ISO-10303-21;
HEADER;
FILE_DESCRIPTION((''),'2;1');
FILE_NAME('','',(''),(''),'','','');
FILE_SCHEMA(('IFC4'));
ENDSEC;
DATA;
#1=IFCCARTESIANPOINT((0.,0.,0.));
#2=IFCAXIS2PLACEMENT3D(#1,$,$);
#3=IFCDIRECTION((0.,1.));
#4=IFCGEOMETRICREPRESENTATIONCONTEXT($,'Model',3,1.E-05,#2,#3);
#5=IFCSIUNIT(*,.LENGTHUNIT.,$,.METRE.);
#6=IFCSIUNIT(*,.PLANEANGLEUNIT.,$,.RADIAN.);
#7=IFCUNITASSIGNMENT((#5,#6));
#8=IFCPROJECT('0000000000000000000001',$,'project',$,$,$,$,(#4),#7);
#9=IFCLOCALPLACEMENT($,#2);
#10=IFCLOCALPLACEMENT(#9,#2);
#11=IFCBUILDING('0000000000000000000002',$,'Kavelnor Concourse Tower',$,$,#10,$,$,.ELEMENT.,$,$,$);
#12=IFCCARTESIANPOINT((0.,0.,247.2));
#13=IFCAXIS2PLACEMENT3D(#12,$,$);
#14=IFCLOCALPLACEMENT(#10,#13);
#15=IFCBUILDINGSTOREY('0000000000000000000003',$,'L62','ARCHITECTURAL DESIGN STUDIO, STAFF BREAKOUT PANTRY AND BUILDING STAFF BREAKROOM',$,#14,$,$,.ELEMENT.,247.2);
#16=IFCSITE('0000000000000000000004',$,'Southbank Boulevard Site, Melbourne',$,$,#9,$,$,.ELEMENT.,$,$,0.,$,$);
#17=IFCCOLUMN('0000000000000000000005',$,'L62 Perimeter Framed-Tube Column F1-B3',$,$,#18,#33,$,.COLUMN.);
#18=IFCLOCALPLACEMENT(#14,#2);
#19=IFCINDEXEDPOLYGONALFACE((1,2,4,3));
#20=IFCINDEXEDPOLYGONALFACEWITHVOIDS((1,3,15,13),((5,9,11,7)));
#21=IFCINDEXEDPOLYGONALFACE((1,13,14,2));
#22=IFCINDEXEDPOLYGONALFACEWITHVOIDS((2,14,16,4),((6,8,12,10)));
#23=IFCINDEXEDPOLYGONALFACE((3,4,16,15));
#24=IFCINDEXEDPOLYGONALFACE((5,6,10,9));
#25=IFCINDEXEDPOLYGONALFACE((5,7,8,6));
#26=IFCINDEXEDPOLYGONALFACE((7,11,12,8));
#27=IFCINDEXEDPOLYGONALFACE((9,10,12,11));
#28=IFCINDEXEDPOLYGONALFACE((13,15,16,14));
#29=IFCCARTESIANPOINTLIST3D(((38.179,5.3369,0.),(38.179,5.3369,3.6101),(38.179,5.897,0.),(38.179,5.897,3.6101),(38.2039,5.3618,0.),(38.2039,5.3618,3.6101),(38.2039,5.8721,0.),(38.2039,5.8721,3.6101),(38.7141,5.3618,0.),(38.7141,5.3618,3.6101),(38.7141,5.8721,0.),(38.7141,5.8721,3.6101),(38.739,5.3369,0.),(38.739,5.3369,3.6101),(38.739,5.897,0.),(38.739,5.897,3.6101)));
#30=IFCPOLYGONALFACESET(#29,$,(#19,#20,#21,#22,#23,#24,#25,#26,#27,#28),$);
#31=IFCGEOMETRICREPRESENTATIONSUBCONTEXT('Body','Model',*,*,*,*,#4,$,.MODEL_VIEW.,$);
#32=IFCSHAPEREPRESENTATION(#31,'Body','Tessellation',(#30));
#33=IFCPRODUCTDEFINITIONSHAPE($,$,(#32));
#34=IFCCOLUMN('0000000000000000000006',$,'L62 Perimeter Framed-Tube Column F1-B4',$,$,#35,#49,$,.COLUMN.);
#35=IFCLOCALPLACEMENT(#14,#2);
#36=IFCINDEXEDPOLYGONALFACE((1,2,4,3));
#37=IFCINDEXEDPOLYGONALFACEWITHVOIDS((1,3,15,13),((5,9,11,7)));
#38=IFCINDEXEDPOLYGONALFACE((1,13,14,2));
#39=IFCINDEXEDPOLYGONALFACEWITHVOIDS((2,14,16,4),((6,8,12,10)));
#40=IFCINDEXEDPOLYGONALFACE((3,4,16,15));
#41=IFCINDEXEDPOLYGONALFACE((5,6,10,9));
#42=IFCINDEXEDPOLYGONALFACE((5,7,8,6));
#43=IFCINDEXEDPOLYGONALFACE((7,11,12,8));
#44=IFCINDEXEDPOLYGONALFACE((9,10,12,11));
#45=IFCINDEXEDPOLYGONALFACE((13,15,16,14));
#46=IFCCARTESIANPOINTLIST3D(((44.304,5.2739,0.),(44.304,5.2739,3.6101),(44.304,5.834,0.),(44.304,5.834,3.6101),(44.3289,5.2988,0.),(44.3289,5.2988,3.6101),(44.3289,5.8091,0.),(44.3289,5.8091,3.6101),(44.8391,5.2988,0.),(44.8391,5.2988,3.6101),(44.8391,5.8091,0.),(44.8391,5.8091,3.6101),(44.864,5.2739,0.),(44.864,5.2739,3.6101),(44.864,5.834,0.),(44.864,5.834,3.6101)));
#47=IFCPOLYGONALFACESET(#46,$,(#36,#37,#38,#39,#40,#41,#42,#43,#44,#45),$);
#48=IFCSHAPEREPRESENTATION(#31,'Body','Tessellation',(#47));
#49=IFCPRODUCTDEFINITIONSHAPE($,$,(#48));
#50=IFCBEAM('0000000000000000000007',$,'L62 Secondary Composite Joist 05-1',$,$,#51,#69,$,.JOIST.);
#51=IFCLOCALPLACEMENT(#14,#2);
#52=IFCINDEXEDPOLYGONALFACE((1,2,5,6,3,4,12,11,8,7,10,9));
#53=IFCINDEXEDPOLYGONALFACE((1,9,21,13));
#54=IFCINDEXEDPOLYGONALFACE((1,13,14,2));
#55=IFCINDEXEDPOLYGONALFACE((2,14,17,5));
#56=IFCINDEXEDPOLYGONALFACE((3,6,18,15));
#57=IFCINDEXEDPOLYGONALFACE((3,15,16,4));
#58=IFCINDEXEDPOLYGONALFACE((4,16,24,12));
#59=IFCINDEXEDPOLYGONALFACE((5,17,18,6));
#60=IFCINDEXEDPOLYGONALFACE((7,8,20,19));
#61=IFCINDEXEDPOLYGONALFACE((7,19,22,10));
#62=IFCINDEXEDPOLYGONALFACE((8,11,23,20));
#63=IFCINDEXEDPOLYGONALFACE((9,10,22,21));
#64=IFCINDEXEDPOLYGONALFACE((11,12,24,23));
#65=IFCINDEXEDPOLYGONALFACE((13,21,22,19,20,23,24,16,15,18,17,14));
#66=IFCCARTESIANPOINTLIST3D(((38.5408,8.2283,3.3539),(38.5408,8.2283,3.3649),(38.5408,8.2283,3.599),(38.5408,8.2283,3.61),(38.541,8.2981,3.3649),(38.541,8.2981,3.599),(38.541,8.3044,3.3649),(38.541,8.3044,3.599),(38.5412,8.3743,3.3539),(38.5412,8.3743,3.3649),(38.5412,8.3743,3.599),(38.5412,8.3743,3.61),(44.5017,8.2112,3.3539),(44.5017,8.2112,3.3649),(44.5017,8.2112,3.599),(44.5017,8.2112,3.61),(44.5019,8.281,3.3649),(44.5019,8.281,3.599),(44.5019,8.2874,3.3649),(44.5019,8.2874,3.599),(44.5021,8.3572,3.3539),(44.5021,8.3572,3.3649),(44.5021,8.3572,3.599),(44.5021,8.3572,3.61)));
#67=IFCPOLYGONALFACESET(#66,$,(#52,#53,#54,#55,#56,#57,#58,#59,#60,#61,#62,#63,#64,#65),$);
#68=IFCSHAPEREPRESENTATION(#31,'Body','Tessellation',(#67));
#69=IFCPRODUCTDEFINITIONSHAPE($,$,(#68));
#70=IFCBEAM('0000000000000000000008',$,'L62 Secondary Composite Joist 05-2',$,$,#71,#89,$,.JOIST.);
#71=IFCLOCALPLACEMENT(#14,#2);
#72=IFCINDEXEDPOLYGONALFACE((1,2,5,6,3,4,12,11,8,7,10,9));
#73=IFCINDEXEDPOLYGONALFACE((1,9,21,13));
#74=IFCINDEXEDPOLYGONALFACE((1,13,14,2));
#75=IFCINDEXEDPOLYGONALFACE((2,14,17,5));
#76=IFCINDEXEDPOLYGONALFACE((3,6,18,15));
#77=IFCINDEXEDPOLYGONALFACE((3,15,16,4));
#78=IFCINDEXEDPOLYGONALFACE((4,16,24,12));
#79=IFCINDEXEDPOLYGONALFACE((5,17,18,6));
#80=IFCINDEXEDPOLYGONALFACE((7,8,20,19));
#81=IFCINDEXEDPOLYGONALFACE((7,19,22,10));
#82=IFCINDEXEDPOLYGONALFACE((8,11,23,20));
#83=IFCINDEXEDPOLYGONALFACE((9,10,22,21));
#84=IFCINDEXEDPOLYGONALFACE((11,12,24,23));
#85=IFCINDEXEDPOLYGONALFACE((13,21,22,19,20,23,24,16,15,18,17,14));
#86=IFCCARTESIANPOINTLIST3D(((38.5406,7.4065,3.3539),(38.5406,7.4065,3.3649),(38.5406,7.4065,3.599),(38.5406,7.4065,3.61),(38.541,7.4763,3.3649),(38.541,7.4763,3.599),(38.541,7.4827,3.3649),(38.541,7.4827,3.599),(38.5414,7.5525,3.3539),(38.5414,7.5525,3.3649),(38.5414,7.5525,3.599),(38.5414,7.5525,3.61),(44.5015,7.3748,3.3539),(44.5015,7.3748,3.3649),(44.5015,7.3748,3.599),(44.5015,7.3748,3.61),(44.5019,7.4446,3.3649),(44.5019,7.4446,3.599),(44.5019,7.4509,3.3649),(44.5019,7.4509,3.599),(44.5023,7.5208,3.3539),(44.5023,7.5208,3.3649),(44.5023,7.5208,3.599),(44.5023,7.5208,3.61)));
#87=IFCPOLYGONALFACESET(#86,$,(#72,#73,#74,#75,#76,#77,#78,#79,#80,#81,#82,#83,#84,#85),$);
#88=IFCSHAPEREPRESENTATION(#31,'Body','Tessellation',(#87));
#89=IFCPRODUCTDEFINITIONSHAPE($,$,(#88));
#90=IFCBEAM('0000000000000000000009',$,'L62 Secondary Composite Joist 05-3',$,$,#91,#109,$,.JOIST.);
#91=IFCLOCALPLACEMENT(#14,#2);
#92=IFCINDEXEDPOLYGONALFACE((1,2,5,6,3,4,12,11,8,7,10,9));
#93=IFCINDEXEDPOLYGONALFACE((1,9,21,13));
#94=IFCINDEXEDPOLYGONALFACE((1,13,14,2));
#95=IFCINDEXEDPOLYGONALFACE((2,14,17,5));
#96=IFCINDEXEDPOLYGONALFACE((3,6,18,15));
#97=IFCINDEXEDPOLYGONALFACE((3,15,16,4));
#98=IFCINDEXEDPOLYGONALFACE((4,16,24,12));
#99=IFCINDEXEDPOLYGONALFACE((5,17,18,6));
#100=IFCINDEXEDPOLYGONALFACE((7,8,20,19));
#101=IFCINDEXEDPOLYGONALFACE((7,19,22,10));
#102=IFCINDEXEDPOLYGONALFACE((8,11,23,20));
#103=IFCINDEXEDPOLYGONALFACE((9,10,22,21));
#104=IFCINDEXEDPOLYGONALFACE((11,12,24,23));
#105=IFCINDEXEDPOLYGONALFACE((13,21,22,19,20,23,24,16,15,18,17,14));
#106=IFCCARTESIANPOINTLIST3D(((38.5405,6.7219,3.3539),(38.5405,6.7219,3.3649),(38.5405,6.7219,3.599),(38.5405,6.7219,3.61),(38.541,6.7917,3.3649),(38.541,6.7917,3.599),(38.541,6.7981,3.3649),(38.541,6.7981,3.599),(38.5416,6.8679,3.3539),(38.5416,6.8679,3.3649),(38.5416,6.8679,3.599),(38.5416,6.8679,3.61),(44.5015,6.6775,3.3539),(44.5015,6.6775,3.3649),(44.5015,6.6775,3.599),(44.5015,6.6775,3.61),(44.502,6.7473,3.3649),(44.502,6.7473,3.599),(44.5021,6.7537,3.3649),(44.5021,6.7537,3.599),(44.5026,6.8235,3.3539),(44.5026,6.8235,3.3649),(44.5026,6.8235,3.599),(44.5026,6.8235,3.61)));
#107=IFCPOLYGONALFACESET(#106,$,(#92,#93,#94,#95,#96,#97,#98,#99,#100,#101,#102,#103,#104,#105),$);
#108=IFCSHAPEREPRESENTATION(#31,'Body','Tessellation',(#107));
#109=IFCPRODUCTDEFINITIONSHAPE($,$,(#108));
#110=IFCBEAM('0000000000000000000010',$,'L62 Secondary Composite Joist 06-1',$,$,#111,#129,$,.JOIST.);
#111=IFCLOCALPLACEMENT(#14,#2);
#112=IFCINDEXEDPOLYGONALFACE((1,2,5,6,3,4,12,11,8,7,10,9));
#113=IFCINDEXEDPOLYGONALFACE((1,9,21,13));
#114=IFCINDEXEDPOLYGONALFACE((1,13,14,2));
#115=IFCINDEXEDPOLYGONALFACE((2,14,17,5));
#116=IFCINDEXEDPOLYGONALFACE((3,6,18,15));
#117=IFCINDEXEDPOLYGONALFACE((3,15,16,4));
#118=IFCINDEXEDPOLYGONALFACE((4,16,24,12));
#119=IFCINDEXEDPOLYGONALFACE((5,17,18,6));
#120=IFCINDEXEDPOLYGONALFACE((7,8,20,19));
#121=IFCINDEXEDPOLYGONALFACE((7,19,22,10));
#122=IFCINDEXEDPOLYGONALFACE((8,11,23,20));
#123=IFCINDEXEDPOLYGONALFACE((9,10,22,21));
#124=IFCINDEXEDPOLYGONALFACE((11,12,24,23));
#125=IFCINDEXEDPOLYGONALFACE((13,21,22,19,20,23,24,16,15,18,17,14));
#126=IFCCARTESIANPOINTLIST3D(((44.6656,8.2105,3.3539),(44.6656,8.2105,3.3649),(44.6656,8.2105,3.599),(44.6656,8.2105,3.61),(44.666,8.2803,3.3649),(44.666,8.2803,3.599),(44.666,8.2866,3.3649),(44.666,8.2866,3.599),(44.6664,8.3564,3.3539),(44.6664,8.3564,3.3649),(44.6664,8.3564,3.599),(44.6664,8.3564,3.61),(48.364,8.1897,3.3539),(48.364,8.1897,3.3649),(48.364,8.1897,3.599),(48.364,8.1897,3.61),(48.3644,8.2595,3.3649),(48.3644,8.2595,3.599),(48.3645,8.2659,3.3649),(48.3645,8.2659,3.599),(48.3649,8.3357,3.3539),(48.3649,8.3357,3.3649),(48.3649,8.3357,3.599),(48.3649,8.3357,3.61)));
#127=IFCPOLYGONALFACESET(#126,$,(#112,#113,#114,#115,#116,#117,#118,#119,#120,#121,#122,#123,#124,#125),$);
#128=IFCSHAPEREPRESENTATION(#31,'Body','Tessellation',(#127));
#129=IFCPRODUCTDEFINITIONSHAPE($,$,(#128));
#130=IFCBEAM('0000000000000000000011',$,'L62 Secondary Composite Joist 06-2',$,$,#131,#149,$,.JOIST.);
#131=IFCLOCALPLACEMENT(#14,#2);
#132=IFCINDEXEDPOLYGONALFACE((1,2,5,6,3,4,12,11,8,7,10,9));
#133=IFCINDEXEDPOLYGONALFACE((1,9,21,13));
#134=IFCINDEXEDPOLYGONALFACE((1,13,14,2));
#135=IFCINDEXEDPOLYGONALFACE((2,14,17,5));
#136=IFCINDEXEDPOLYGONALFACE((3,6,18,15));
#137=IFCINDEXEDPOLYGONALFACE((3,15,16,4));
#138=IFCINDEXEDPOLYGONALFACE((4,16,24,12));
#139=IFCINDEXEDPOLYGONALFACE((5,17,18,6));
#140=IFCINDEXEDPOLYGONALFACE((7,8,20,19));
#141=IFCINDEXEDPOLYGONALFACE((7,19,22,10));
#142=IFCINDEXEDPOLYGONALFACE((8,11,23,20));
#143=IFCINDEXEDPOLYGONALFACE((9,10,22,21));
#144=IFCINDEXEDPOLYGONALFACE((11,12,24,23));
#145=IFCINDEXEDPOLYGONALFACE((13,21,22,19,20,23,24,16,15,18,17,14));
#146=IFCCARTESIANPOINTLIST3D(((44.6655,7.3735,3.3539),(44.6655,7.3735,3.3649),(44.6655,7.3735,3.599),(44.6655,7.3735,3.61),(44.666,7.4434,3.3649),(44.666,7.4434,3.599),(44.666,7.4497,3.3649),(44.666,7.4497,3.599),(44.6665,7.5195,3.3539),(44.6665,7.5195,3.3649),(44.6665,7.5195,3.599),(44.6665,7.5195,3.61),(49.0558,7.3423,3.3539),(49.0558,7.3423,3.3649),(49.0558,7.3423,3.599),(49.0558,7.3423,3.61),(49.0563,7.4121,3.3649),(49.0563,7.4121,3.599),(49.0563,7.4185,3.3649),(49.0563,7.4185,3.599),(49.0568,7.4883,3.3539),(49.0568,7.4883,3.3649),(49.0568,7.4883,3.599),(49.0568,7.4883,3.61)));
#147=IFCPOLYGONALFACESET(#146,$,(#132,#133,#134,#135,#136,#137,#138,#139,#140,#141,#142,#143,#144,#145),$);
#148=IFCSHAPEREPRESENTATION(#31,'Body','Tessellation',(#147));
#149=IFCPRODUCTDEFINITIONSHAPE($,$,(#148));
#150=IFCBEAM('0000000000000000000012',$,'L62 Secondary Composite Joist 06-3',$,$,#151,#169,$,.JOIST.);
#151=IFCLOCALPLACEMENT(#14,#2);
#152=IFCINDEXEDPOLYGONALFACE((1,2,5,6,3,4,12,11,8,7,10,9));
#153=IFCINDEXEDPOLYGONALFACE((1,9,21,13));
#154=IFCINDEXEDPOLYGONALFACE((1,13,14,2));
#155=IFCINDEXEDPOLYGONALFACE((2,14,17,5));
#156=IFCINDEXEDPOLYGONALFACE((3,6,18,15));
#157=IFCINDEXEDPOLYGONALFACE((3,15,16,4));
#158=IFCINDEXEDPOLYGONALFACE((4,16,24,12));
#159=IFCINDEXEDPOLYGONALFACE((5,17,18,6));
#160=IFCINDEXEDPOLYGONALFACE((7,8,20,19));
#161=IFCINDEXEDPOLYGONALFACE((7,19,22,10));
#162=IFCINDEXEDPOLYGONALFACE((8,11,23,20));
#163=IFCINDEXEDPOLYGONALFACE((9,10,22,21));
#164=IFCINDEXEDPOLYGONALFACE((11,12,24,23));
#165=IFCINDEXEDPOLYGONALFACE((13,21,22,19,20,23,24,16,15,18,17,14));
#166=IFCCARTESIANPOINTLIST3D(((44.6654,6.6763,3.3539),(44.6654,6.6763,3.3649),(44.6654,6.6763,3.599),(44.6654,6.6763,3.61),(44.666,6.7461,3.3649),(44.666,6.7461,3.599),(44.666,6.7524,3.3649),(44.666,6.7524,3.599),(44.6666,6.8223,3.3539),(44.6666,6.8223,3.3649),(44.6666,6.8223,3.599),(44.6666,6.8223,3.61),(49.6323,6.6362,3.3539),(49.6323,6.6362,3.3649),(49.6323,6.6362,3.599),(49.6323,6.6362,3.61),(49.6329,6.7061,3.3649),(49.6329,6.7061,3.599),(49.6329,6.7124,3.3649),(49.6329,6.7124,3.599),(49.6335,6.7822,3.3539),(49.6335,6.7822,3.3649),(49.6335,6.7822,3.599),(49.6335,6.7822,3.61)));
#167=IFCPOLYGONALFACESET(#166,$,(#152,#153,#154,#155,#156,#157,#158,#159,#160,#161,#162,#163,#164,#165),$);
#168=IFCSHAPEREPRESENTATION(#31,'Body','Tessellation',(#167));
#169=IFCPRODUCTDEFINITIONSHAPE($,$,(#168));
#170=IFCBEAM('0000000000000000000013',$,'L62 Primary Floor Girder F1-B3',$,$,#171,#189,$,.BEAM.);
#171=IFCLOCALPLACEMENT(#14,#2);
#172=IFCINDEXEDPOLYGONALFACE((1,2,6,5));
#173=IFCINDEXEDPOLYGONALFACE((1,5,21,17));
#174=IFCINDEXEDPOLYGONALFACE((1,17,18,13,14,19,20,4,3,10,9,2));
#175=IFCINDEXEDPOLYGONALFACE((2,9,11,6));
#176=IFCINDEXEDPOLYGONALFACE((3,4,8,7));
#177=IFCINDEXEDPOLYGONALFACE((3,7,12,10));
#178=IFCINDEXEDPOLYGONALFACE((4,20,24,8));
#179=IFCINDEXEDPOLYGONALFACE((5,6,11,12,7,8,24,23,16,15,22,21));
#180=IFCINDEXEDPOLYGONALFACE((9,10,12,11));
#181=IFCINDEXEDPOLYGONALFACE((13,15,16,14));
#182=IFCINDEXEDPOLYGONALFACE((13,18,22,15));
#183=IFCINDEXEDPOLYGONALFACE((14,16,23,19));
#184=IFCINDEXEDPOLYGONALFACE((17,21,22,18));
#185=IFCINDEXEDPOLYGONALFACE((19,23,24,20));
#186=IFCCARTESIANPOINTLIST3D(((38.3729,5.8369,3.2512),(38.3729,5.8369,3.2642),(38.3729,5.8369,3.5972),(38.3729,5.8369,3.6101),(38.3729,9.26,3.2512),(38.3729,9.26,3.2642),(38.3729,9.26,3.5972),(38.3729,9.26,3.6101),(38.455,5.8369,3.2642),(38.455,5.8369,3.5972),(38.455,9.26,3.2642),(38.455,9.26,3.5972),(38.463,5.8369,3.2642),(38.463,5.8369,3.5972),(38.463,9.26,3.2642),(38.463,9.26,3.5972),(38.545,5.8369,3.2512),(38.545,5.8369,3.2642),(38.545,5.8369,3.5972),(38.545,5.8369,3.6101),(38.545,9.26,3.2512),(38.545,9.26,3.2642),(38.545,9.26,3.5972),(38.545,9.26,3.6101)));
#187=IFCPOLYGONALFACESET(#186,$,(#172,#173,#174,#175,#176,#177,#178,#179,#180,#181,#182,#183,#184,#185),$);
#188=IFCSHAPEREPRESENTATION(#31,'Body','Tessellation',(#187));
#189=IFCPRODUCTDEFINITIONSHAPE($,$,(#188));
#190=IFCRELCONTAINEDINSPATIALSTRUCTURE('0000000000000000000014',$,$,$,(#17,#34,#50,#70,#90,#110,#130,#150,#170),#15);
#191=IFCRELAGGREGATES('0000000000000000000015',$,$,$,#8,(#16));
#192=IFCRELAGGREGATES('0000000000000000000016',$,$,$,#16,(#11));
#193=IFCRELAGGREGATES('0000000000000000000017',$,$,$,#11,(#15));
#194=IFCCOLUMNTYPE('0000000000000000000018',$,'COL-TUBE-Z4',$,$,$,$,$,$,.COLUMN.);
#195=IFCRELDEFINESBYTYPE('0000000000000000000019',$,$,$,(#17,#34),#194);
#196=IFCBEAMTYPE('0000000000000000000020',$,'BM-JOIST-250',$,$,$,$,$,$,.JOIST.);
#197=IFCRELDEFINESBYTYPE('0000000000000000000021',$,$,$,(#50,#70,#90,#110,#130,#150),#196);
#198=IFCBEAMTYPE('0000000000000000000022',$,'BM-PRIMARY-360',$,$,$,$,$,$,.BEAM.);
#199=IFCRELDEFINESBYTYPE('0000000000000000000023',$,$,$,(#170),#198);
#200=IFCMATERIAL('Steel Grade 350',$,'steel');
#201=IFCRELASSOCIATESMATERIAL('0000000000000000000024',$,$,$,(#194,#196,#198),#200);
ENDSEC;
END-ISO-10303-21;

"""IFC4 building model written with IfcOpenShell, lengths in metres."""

from ifc_helpers import new_model, si_unit, direction, frame, origin, origin_2d, place, context, subcontext, project, spatial, hollow_rectangle, i_section, extrude, material, material_profile, profile_set, type_object, element, save


model = new_model("IFC4")

# Units and contexts
model_context = context("Model", 3, precision=1e-05, world=origin(), true_north=direction((0.0, 1.0)))
body_context = subcontext(model_context, "Body", "Model", "MODEL_VIEW")
ifc_project = project(units=[si_unit("LENGTHUNIT", "METRE"), si_unit("PLANEANGLEUNIT", "RADIAN")], contexts=[model_context])

# Site, building, storey
site_placement = place(None, origin())
site = spatial("IfcSite", under=ifc_project, at=site_placement, Name="Southbank Boulevard Site, Melbourne", CompositionType="ELEMENT", RefElevation=0.0)
building_placement = place(site_placement, origin())
building = spatial("IfcBuilding", under=site, at=building_placement, Name="Kavelnor Concourse Tower", CompositionType="ELEMENT")
storey_placement = place(building_placement, frame((0.0, 0.0, 247.2)))
storey = spatial("IfcBuildingStorey", under=building, at=storey_placement, Name="L62", Description="ARCHITECTURAL DESIGN STUDIO, STAFF BREAKOUT PANTRY AND BUILDING STAFF BREAKROOM", CompositionType="ELEMENT", Elevation=247.2)

# Columns
ifc_material_1 = material(Name="Steel Grade 350", Category="steel")
ifc_material_profile_1 = material_profile(ifc_material_1, hollow_rectangle(XDim=0.5601, YDim=0.5601, WallThickness=0.0249, at=origin_2d()), Name="SHS 560x560x25")
ifc_profile_set_1 = profile_set([ifc_material_profile_1], Name="Steel Grade 350")
column_type = type_object("IfcColumnType", Name="COL-TUBE-Z4", PredefinedType="COLUMN", material=ifc_profile_set_1)
for number, where, z_axis, x_axis, name in (
    (1, (38.459, 5.6169, 0.0), (0.0, 0.0, 1.0), (1.0, 0.0, 0.0), "L62 Perimeter Framed-Tube Column F1-B3"),
    (2, (44.584, 5.554, 0.0), (0.0, 0.0, 1.0), (1.0, 0.0, 0.0), "L62 Perimeter Framed-Tube Column F1-B4"),
):
    element("IfcColumn", number, at=place(storey_placement, frame(where, z_axis=z_axis, x_axis=x_axis)), inside=storey, type_object=column_type, Name=name, PredefinedType="COLUMN", context=body_context, shape_type="SweptSolid", body=[
        extrude(hollow_rectangle(XDim=0.5601, YDim=0.5601, WallThickness=0.0249, at=origin_2d()), origin(), (0.0, 0.0, 1.0), 3.6101),
    ])

# Beams
ifc_material_profile_2 = material_profile(ifc_material_1, i_section(OverallWidth=0.146, OverallDepth=0.2561, WebThickness=0.0063, FlangeThickness=0.011, at=origin_2d()), Name="250UB37")
ifc_profile_set_2 = profile_set([ifc_material_profile_2], Name="Steel Grade 350")
beam_type_1 = type_object("IfcBeamType", Name="BM-JOIST-250", PredefinedType="JOIST", material=ifc_profile_set_2)
for number, where, z_axis, x_axis, name in (
    (3, (38.541, 8.3013, 3.4819), (0.999996, -0.002867, 0.0), (0.002867, 0.999996, 0.0), "L62 Secondary Composite Joist 05-1"),
    (4, (38.541, 7.4795, 3.4819), (0.999986, -0.005324, 0.0), (0.005324, 0.999986, 0.0), "L62 Secondary Composite Joist 05-2"),
):
    element("IfcBeam", number, at=place(storey_placement, frame(where, z_axis=z_axis, x_axis=x_axis)), inside=storey, type_object=beam_type_1, Name=name, PredefinedType="JOIST", context=body_context, shape_type="SweptSolid", body=[
        extrude(i_section(OverallWidth=0.146, OverallDepth=0.2561, WebThickness=0.0063, FlangeThickness=0.011, at=origin_2d()), origin(), (0.0, 0.0, 1.0), 5.9609),
    ])
beam_1_placement = place(storey_placement, frame((38.541, 6.7949, 3.4819), z_axis=(0.999972, -0.007454, 0.0), x_axis=(0.007454, 0.999972, 0.0)))
element("IfcBeam", 5, at=beam_1_placement, inside=storey, type_object=beam_type_1, Name="L62 Secondary Composite Joist 05-3", PredefinedType="JOIST", context=body_context, shape_type="SweptSolid", body=[
    extrude(i_section(OverallWidth=0.146, OverallDepth=0.2561, WebThickness=0.0063, FlangeThickness=0.011, at=origin_2d()), origin(), (0.0, 0.0, 1.0), 5.9612),
])
beam_2_placement = place(storey_placement, frame((44.666, 8.2834, 3.4819), z_axis=(0.999984, -0.005611, 0.0), x_axis=(0.005611, 0.999984, 0.0)))
element("IfcBeam", 6, at=beam_2_placement, inside=storey, type_object=beam_type_1, Name="L62 Secondary Composite Joist 06-1", PredefinedType="JOIST", context=body_context, shape_type="SweptSolid", body=[
    extrude(i_section(OverallWidth=0.146, OverallDepth=0.2561, WebThickness=0.0063, FlangeThickness=0.011, at=origin_2d()), origin(), (0.0, 0.0, 1.0), 3.6985),
])
beam_3_placement = place(storey_placement, frame((44.666, 7.4465, 3.4819), z_axis=(0.999975, -0.007118, 0.0), x_axis=(0.007118, 0.999975, 0.0)))
element("IfcBeam", 7, at=beam_3_placement, inside=storey, type_object=beam_type_1, Name="L62 Secondary Composite Joist 06-2", PredefinedType="JOIST", context=body_context, shape_type="SweptSolid", body=[
    extrude(i_section(OverallWidth=0.146, OverallDepth=0.2561, WebThickness=0.0063, FlangeThickness=0.011, at=origin_2d()), origin(), (0.0, 0.0, 1.0), 4.3904),
])
beam_4_placement = place(storey_placement, frame((44.666, 6.7493, 3.4819), z_axis=(0.999968, -0.008061, 0.0), x_axis=(0.008061, 0.999968, 0.0)))
element("IfcBeam", 8, at=beam_4_placement, inside=storey, type_object=beam_type_1, Name="L62 Secondary Composite Joist 06-3", PredefinedType="JOIST", context=body_context, shape_type="SweptSolid", body=[
    extrude(i_section(OverallWidth=0.146, OverallDepth=0.2561, WebThickness=0.0063, FlangeThickness=0.011, at=origin_2d()), origin(), (0.0, 0.0, 1.0), 4.967),
])
ifc_material_profile_3 = material_profile(ifc_material_1, i_section(OverallWidth=0.1721, OverallDepth=0.3589, WebThickness=0.0081, FlangeThickness=0.0129, at=origin_2d()), Name="360UB56")
ifc_profile_set_3 = profile_set([ifc_material_profile_3], Name="Steel Grade 350")
beam_type_2 = type_object("IfcBeamType", Name="BM-PRIMARY-360", PredefinedType="BEAM", material=ifc_profile_set_3)
beam_5_placement = place(storey_placement, frame((38.459, 9.26, 3.4307), z_axis=(0.0, -1.0, 0.0), x_axis=(1.0, 0.0, 0.0)))
element("IfcBeam", 9, at=beam_5_placement, inside=storey, type_object=beam_type_2, Name="L62 Primary Floor Girder F1-B3", PredefinedType="BEAM", context=body_context, shape_type="SweptSolid", body=[
    extrude(i_section(OverallWidth=0.1721, OverallDepth=0.3589, WebThickness=0.0081, FlangeThickness=0.0129, at=origin_2d()), origin(), (0.0, 0.0, 1.0), 3.4231),
])

save(model, "model.ifc")
